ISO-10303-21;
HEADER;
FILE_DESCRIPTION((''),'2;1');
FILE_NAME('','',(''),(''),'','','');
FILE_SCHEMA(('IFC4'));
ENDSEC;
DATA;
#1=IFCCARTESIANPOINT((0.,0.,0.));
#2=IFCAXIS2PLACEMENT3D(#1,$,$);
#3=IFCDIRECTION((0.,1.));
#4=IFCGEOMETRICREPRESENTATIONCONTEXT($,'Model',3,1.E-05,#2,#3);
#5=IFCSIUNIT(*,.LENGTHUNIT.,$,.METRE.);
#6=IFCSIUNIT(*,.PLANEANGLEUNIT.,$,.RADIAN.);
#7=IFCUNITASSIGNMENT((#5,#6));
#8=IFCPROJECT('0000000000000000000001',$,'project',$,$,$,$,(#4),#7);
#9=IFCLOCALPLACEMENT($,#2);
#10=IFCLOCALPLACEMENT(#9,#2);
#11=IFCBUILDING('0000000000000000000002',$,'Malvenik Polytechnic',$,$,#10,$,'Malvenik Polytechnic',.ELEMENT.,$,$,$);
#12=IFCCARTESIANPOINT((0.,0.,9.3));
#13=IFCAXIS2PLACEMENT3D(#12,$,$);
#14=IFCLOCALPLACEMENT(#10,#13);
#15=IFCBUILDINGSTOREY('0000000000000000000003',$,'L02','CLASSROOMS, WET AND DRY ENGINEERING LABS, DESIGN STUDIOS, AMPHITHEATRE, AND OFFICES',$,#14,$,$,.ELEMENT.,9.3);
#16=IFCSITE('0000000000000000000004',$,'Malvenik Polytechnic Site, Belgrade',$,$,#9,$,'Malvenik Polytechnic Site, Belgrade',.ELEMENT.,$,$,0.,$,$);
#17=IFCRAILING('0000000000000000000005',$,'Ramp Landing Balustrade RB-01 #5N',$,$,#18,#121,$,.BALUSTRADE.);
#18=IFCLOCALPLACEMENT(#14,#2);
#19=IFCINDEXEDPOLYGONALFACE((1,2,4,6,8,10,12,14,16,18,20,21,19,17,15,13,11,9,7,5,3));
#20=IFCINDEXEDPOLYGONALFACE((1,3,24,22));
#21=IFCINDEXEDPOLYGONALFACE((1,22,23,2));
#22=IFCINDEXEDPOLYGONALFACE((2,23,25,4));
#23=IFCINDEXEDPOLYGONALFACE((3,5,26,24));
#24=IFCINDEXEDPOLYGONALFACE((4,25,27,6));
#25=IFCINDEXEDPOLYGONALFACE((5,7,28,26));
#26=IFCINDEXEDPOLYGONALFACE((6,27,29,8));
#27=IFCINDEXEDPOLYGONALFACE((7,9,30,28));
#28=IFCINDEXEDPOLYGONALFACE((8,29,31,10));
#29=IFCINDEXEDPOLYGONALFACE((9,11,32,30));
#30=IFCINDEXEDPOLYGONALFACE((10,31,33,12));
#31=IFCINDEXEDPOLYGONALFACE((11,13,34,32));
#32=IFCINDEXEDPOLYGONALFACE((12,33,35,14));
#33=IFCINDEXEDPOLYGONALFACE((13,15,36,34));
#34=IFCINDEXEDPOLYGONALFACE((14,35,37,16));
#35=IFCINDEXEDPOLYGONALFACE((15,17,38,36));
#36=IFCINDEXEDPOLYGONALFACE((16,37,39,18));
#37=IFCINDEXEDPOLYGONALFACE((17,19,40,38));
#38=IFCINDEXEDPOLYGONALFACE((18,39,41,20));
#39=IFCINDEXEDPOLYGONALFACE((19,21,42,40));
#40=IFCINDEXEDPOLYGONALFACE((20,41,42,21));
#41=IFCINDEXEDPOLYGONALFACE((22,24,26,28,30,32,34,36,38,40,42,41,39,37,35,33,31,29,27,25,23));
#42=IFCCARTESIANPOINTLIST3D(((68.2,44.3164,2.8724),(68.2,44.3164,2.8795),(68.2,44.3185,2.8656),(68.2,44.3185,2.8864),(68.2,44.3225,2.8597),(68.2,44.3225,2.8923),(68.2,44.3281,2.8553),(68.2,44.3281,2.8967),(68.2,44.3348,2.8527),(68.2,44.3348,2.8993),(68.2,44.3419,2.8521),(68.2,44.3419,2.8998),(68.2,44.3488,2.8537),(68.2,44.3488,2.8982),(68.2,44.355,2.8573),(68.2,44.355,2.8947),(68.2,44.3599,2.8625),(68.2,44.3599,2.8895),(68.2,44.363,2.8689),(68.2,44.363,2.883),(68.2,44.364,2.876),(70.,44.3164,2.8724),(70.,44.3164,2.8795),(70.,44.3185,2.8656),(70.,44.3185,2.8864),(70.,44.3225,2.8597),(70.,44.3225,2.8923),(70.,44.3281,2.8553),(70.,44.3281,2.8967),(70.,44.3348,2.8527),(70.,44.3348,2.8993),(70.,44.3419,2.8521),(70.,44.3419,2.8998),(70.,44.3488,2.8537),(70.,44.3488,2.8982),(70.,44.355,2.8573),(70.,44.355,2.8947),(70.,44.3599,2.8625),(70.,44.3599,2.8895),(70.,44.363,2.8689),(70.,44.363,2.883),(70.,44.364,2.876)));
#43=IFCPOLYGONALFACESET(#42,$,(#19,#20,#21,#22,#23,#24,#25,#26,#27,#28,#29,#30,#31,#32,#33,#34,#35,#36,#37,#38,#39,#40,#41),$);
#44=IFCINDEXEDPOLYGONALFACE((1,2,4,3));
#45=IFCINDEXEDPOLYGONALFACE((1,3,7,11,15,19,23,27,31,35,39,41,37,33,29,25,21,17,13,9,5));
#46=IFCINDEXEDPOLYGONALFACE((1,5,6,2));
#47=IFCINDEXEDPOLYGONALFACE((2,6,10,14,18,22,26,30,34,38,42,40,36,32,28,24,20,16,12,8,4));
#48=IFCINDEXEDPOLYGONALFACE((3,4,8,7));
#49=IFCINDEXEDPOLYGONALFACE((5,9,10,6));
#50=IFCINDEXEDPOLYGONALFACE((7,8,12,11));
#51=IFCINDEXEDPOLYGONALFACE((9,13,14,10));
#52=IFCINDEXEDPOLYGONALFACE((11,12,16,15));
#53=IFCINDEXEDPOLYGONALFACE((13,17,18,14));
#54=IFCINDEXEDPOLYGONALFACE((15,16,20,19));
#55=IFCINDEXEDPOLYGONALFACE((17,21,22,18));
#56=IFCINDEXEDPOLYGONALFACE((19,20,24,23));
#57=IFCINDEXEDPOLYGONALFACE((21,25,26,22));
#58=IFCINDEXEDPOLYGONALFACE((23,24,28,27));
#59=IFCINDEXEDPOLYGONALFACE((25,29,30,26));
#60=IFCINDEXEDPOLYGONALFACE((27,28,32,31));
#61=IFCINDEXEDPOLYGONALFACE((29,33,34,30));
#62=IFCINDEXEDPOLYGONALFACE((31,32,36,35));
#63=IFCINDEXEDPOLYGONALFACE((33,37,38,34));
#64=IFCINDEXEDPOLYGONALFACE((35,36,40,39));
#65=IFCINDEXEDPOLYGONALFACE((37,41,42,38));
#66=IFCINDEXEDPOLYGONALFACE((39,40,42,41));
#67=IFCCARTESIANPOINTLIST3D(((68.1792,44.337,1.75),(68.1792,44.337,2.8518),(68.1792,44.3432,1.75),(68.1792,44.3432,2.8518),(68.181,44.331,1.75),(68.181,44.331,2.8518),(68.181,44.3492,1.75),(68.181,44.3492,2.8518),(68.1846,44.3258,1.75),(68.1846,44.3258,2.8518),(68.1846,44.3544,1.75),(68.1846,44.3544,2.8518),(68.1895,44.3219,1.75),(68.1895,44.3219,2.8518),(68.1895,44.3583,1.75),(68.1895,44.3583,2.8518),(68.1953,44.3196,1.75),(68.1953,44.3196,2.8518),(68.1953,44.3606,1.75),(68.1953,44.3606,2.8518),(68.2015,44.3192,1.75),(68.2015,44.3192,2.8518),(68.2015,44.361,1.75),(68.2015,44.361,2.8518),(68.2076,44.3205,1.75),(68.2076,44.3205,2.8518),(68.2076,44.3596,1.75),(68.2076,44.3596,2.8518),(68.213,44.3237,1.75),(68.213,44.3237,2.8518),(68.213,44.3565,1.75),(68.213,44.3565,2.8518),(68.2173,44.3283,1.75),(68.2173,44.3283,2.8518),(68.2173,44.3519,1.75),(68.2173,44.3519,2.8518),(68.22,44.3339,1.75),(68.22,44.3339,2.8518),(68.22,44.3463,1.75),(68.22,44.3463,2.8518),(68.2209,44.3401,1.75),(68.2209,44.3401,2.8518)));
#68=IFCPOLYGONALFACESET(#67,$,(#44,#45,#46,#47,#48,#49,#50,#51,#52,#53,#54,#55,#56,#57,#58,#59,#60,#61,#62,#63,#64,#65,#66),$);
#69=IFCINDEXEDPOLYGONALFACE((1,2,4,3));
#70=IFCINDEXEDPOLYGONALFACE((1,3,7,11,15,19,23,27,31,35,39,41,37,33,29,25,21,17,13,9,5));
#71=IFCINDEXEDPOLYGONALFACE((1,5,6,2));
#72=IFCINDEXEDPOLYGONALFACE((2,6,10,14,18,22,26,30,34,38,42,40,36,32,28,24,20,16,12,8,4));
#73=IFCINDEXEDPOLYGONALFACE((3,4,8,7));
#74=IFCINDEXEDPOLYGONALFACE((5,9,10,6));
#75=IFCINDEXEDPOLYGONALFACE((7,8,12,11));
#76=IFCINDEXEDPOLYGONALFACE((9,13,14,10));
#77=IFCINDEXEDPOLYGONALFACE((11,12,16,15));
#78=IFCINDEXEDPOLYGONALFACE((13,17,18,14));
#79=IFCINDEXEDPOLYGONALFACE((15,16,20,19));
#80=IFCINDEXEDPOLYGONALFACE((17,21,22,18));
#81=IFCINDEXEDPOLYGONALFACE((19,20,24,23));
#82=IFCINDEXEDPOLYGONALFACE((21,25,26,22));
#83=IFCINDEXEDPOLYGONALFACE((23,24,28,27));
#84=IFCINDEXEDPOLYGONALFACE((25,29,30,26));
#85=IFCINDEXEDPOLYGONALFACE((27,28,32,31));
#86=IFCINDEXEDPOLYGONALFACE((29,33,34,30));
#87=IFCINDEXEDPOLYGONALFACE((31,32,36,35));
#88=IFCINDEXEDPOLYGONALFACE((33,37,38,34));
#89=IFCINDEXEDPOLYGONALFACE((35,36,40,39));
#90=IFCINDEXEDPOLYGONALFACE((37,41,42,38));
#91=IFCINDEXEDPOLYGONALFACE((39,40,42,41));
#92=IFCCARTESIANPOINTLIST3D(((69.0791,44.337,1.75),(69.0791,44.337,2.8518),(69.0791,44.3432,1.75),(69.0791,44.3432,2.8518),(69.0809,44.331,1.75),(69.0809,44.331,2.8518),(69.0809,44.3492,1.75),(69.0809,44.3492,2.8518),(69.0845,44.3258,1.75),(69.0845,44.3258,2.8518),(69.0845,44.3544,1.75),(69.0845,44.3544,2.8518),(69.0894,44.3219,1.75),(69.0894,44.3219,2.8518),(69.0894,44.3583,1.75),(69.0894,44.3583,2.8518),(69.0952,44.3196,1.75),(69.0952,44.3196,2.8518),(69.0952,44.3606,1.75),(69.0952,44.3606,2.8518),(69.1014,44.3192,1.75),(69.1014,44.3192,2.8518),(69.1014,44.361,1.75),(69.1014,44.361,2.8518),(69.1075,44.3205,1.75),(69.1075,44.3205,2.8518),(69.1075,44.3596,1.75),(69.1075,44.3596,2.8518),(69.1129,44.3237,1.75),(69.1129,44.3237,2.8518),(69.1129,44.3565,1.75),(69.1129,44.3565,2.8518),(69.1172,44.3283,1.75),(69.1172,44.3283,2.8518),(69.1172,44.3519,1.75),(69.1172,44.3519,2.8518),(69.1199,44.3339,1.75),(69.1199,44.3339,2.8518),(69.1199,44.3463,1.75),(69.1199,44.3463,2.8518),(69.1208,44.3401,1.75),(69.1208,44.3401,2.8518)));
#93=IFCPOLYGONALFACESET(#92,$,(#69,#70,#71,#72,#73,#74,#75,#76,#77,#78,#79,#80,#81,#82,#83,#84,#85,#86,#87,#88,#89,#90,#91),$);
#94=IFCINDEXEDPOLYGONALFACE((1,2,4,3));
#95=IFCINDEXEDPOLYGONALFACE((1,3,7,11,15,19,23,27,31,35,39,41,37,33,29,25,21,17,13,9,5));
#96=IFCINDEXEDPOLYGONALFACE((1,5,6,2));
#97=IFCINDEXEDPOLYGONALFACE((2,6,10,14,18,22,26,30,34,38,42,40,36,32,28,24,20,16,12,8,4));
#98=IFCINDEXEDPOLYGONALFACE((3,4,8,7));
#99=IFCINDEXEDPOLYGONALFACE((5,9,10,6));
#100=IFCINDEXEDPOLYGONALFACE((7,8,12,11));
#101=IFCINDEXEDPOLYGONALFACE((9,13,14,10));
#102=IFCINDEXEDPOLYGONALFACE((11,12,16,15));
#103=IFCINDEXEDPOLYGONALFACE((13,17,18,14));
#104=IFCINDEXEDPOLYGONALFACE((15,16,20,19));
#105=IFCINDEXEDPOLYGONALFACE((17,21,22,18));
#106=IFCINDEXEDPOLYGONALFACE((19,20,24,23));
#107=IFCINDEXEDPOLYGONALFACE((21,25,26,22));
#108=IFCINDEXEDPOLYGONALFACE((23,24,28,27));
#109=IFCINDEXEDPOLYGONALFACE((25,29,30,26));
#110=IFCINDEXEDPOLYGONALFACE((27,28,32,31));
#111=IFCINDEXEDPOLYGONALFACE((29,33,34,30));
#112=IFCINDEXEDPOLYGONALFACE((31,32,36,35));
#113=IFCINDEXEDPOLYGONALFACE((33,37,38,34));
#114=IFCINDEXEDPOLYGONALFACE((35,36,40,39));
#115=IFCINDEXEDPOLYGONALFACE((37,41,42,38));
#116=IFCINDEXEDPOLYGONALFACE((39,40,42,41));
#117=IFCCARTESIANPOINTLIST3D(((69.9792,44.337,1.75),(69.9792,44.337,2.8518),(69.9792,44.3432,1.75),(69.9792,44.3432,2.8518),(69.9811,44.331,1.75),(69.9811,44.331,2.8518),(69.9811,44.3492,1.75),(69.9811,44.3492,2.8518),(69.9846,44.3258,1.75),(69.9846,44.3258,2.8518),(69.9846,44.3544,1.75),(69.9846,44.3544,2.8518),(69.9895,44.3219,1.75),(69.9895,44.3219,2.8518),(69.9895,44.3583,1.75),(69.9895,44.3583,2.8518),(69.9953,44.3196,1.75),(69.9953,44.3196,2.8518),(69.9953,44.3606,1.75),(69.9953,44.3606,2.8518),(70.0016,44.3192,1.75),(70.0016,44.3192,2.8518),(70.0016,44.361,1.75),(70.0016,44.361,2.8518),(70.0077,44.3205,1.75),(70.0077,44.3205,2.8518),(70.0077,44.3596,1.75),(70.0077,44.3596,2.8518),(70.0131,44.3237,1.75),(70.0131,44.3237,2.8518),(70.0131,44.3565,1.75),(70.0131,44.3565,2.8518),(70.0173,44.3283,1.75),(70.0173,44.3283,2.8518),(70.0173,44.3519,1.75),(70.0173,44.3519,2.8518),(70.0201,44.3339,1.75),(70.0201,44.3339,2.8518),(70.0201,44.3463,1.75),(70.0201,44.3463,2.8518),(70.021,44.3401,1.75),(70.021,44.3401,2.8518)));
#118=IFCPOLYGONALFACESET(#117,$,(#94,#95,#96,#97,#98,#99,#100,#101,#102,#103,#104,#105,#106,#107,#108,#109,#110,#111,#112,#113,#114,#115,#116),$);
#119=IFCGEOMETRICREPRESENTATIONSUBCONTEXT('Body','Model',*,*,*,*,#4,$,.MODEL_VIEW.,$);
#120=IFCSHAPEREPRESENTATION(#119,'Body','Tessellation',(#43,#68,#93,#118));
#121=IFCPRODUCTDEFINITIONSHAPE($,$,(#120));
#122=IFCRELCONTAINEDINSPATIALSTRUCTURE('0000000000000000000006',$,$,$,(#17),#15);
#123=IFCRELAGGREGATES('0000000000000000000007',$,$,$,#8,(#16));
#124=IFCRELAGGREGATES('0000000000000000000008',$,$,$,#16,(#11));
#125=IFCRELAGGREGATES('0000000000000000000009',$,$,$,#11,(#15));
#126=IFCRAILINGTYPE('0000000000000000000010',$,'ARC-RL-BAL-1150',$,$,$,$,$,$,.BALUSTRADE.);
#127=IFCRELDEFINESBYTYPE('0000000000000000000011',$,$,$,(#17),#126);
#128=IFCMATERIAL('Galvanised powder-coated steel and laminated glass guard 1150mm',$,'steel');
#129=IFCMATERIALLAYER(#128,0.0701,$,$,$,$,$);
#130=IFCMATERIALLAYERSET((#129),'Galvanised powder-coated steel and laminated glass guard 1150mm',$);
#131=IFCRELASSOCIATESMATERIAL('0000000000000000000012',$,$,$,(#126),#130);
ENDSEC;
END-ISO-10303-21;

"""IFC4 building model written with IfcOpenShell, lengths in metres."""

from ifc_helpers import new_model, si_unit, direction, frame, origin, origin_2d, place, context, subcontext, project, spatial, circle, extrude, material, layer, layer_set, type_object, element, save


model = new_model("IFC4")

# Units and contexts
model_context = context("Model", 3, precision=1e-05, world=origin(), true_north=direction((0.0, 1.0)))
body_context = subcontext(model_context, "Body", "Model", "MODEL_VIEW")
ifc_project = project(units=[si_unit("LENGTHUNIT", "METRE"), si_unit("PLANEANGLEUNIT", "RADIAN")], contexts=[model_context])

# Site, building, storey
site_placement = place(None, origin())
site = spatial("IfcSite", under=ifc_project, at=site_placement, Name="Malvenik Polytechnic Site, Belgrade", LongName="Malvenik Polytechnic Site, Belgrade", CompositionType="ELEMENT", RefElevation=0.0)
building_placement = place(site_placement, origin())
building = spatial("IfcBuilding", under=site, at=building_placement, Name="Malvenik Polytechnic", LongName="Malvenik Polytechnic", CompositionType="ELEMENT")
storey_placement = place(building_placement, frame((0.0, 0.0, 9.3)))
storey = spatial("IfcBuildingStorey", under=building, at=storey_placement, Name="L02", Description="CLASSROOMS, WET AND DRY ENGINEERING LABS, DESIGN STUDIOS, AMPHITHEATRE, AND OFFICES", CompositionType="ELEMENT", Elevation=9.3)

# Railing
ifc_material_1 = material(Name="Galvanised powder-coated steel and laminated glass guard 1150mm", Category="steel")
ifc_layer_1 = layer(ifc_material_1, 0.0701)
ifc_layer_set_1 = layer_set([ifc_layer_1], Name="Galvanised powder-coated steel and laminated glass guard 1150mm")
railing_type_1 = type_object("IfcRailingType", Name="ARC-RL-BAL-1150", PredefinedType="BALUSTRADE", material=ifc_layer_set_1)
railing_1_placement = place(storey_placement, frame((68.2, 44.3401, 1.75)))
element("IfcRailing", 1, at=railing_1_placement, inside=storey, type_object=railing_type_1, Name="Ramp Landing Balustrade RB-01 #5N", PredefinedType="BALUSTRADE", context=body_context, shape_type="SweptSolid", body=[
    extrude(circle(Radius=0.0239, at=origin_2d()), frame((0.0, 0.0, 1.126), z_axis=(1.0, 0.0, 0.0), x_axis=(0.0, 1.0, 0.0)), (0.0, 0.0, 1.0), 1.8),
    extrude(circle(Radius=0.021, at=origin_2d()), origin(), (0.0, 0.0, 1.0), 1.1018),
    extrude(circle(Radius=0.021, at=origin_2d()), frame((0.8999, 0.0, 0.0)), (0.0, 0.0, 1.0), 1.1018),
    extrude(circle(Radius=0.021, at=origin_2d()), frame((1.8, 0.0, 0.0)), (0.0, 0.0, 1.0), 1.1018),
])

save(model, "model.ifc")
